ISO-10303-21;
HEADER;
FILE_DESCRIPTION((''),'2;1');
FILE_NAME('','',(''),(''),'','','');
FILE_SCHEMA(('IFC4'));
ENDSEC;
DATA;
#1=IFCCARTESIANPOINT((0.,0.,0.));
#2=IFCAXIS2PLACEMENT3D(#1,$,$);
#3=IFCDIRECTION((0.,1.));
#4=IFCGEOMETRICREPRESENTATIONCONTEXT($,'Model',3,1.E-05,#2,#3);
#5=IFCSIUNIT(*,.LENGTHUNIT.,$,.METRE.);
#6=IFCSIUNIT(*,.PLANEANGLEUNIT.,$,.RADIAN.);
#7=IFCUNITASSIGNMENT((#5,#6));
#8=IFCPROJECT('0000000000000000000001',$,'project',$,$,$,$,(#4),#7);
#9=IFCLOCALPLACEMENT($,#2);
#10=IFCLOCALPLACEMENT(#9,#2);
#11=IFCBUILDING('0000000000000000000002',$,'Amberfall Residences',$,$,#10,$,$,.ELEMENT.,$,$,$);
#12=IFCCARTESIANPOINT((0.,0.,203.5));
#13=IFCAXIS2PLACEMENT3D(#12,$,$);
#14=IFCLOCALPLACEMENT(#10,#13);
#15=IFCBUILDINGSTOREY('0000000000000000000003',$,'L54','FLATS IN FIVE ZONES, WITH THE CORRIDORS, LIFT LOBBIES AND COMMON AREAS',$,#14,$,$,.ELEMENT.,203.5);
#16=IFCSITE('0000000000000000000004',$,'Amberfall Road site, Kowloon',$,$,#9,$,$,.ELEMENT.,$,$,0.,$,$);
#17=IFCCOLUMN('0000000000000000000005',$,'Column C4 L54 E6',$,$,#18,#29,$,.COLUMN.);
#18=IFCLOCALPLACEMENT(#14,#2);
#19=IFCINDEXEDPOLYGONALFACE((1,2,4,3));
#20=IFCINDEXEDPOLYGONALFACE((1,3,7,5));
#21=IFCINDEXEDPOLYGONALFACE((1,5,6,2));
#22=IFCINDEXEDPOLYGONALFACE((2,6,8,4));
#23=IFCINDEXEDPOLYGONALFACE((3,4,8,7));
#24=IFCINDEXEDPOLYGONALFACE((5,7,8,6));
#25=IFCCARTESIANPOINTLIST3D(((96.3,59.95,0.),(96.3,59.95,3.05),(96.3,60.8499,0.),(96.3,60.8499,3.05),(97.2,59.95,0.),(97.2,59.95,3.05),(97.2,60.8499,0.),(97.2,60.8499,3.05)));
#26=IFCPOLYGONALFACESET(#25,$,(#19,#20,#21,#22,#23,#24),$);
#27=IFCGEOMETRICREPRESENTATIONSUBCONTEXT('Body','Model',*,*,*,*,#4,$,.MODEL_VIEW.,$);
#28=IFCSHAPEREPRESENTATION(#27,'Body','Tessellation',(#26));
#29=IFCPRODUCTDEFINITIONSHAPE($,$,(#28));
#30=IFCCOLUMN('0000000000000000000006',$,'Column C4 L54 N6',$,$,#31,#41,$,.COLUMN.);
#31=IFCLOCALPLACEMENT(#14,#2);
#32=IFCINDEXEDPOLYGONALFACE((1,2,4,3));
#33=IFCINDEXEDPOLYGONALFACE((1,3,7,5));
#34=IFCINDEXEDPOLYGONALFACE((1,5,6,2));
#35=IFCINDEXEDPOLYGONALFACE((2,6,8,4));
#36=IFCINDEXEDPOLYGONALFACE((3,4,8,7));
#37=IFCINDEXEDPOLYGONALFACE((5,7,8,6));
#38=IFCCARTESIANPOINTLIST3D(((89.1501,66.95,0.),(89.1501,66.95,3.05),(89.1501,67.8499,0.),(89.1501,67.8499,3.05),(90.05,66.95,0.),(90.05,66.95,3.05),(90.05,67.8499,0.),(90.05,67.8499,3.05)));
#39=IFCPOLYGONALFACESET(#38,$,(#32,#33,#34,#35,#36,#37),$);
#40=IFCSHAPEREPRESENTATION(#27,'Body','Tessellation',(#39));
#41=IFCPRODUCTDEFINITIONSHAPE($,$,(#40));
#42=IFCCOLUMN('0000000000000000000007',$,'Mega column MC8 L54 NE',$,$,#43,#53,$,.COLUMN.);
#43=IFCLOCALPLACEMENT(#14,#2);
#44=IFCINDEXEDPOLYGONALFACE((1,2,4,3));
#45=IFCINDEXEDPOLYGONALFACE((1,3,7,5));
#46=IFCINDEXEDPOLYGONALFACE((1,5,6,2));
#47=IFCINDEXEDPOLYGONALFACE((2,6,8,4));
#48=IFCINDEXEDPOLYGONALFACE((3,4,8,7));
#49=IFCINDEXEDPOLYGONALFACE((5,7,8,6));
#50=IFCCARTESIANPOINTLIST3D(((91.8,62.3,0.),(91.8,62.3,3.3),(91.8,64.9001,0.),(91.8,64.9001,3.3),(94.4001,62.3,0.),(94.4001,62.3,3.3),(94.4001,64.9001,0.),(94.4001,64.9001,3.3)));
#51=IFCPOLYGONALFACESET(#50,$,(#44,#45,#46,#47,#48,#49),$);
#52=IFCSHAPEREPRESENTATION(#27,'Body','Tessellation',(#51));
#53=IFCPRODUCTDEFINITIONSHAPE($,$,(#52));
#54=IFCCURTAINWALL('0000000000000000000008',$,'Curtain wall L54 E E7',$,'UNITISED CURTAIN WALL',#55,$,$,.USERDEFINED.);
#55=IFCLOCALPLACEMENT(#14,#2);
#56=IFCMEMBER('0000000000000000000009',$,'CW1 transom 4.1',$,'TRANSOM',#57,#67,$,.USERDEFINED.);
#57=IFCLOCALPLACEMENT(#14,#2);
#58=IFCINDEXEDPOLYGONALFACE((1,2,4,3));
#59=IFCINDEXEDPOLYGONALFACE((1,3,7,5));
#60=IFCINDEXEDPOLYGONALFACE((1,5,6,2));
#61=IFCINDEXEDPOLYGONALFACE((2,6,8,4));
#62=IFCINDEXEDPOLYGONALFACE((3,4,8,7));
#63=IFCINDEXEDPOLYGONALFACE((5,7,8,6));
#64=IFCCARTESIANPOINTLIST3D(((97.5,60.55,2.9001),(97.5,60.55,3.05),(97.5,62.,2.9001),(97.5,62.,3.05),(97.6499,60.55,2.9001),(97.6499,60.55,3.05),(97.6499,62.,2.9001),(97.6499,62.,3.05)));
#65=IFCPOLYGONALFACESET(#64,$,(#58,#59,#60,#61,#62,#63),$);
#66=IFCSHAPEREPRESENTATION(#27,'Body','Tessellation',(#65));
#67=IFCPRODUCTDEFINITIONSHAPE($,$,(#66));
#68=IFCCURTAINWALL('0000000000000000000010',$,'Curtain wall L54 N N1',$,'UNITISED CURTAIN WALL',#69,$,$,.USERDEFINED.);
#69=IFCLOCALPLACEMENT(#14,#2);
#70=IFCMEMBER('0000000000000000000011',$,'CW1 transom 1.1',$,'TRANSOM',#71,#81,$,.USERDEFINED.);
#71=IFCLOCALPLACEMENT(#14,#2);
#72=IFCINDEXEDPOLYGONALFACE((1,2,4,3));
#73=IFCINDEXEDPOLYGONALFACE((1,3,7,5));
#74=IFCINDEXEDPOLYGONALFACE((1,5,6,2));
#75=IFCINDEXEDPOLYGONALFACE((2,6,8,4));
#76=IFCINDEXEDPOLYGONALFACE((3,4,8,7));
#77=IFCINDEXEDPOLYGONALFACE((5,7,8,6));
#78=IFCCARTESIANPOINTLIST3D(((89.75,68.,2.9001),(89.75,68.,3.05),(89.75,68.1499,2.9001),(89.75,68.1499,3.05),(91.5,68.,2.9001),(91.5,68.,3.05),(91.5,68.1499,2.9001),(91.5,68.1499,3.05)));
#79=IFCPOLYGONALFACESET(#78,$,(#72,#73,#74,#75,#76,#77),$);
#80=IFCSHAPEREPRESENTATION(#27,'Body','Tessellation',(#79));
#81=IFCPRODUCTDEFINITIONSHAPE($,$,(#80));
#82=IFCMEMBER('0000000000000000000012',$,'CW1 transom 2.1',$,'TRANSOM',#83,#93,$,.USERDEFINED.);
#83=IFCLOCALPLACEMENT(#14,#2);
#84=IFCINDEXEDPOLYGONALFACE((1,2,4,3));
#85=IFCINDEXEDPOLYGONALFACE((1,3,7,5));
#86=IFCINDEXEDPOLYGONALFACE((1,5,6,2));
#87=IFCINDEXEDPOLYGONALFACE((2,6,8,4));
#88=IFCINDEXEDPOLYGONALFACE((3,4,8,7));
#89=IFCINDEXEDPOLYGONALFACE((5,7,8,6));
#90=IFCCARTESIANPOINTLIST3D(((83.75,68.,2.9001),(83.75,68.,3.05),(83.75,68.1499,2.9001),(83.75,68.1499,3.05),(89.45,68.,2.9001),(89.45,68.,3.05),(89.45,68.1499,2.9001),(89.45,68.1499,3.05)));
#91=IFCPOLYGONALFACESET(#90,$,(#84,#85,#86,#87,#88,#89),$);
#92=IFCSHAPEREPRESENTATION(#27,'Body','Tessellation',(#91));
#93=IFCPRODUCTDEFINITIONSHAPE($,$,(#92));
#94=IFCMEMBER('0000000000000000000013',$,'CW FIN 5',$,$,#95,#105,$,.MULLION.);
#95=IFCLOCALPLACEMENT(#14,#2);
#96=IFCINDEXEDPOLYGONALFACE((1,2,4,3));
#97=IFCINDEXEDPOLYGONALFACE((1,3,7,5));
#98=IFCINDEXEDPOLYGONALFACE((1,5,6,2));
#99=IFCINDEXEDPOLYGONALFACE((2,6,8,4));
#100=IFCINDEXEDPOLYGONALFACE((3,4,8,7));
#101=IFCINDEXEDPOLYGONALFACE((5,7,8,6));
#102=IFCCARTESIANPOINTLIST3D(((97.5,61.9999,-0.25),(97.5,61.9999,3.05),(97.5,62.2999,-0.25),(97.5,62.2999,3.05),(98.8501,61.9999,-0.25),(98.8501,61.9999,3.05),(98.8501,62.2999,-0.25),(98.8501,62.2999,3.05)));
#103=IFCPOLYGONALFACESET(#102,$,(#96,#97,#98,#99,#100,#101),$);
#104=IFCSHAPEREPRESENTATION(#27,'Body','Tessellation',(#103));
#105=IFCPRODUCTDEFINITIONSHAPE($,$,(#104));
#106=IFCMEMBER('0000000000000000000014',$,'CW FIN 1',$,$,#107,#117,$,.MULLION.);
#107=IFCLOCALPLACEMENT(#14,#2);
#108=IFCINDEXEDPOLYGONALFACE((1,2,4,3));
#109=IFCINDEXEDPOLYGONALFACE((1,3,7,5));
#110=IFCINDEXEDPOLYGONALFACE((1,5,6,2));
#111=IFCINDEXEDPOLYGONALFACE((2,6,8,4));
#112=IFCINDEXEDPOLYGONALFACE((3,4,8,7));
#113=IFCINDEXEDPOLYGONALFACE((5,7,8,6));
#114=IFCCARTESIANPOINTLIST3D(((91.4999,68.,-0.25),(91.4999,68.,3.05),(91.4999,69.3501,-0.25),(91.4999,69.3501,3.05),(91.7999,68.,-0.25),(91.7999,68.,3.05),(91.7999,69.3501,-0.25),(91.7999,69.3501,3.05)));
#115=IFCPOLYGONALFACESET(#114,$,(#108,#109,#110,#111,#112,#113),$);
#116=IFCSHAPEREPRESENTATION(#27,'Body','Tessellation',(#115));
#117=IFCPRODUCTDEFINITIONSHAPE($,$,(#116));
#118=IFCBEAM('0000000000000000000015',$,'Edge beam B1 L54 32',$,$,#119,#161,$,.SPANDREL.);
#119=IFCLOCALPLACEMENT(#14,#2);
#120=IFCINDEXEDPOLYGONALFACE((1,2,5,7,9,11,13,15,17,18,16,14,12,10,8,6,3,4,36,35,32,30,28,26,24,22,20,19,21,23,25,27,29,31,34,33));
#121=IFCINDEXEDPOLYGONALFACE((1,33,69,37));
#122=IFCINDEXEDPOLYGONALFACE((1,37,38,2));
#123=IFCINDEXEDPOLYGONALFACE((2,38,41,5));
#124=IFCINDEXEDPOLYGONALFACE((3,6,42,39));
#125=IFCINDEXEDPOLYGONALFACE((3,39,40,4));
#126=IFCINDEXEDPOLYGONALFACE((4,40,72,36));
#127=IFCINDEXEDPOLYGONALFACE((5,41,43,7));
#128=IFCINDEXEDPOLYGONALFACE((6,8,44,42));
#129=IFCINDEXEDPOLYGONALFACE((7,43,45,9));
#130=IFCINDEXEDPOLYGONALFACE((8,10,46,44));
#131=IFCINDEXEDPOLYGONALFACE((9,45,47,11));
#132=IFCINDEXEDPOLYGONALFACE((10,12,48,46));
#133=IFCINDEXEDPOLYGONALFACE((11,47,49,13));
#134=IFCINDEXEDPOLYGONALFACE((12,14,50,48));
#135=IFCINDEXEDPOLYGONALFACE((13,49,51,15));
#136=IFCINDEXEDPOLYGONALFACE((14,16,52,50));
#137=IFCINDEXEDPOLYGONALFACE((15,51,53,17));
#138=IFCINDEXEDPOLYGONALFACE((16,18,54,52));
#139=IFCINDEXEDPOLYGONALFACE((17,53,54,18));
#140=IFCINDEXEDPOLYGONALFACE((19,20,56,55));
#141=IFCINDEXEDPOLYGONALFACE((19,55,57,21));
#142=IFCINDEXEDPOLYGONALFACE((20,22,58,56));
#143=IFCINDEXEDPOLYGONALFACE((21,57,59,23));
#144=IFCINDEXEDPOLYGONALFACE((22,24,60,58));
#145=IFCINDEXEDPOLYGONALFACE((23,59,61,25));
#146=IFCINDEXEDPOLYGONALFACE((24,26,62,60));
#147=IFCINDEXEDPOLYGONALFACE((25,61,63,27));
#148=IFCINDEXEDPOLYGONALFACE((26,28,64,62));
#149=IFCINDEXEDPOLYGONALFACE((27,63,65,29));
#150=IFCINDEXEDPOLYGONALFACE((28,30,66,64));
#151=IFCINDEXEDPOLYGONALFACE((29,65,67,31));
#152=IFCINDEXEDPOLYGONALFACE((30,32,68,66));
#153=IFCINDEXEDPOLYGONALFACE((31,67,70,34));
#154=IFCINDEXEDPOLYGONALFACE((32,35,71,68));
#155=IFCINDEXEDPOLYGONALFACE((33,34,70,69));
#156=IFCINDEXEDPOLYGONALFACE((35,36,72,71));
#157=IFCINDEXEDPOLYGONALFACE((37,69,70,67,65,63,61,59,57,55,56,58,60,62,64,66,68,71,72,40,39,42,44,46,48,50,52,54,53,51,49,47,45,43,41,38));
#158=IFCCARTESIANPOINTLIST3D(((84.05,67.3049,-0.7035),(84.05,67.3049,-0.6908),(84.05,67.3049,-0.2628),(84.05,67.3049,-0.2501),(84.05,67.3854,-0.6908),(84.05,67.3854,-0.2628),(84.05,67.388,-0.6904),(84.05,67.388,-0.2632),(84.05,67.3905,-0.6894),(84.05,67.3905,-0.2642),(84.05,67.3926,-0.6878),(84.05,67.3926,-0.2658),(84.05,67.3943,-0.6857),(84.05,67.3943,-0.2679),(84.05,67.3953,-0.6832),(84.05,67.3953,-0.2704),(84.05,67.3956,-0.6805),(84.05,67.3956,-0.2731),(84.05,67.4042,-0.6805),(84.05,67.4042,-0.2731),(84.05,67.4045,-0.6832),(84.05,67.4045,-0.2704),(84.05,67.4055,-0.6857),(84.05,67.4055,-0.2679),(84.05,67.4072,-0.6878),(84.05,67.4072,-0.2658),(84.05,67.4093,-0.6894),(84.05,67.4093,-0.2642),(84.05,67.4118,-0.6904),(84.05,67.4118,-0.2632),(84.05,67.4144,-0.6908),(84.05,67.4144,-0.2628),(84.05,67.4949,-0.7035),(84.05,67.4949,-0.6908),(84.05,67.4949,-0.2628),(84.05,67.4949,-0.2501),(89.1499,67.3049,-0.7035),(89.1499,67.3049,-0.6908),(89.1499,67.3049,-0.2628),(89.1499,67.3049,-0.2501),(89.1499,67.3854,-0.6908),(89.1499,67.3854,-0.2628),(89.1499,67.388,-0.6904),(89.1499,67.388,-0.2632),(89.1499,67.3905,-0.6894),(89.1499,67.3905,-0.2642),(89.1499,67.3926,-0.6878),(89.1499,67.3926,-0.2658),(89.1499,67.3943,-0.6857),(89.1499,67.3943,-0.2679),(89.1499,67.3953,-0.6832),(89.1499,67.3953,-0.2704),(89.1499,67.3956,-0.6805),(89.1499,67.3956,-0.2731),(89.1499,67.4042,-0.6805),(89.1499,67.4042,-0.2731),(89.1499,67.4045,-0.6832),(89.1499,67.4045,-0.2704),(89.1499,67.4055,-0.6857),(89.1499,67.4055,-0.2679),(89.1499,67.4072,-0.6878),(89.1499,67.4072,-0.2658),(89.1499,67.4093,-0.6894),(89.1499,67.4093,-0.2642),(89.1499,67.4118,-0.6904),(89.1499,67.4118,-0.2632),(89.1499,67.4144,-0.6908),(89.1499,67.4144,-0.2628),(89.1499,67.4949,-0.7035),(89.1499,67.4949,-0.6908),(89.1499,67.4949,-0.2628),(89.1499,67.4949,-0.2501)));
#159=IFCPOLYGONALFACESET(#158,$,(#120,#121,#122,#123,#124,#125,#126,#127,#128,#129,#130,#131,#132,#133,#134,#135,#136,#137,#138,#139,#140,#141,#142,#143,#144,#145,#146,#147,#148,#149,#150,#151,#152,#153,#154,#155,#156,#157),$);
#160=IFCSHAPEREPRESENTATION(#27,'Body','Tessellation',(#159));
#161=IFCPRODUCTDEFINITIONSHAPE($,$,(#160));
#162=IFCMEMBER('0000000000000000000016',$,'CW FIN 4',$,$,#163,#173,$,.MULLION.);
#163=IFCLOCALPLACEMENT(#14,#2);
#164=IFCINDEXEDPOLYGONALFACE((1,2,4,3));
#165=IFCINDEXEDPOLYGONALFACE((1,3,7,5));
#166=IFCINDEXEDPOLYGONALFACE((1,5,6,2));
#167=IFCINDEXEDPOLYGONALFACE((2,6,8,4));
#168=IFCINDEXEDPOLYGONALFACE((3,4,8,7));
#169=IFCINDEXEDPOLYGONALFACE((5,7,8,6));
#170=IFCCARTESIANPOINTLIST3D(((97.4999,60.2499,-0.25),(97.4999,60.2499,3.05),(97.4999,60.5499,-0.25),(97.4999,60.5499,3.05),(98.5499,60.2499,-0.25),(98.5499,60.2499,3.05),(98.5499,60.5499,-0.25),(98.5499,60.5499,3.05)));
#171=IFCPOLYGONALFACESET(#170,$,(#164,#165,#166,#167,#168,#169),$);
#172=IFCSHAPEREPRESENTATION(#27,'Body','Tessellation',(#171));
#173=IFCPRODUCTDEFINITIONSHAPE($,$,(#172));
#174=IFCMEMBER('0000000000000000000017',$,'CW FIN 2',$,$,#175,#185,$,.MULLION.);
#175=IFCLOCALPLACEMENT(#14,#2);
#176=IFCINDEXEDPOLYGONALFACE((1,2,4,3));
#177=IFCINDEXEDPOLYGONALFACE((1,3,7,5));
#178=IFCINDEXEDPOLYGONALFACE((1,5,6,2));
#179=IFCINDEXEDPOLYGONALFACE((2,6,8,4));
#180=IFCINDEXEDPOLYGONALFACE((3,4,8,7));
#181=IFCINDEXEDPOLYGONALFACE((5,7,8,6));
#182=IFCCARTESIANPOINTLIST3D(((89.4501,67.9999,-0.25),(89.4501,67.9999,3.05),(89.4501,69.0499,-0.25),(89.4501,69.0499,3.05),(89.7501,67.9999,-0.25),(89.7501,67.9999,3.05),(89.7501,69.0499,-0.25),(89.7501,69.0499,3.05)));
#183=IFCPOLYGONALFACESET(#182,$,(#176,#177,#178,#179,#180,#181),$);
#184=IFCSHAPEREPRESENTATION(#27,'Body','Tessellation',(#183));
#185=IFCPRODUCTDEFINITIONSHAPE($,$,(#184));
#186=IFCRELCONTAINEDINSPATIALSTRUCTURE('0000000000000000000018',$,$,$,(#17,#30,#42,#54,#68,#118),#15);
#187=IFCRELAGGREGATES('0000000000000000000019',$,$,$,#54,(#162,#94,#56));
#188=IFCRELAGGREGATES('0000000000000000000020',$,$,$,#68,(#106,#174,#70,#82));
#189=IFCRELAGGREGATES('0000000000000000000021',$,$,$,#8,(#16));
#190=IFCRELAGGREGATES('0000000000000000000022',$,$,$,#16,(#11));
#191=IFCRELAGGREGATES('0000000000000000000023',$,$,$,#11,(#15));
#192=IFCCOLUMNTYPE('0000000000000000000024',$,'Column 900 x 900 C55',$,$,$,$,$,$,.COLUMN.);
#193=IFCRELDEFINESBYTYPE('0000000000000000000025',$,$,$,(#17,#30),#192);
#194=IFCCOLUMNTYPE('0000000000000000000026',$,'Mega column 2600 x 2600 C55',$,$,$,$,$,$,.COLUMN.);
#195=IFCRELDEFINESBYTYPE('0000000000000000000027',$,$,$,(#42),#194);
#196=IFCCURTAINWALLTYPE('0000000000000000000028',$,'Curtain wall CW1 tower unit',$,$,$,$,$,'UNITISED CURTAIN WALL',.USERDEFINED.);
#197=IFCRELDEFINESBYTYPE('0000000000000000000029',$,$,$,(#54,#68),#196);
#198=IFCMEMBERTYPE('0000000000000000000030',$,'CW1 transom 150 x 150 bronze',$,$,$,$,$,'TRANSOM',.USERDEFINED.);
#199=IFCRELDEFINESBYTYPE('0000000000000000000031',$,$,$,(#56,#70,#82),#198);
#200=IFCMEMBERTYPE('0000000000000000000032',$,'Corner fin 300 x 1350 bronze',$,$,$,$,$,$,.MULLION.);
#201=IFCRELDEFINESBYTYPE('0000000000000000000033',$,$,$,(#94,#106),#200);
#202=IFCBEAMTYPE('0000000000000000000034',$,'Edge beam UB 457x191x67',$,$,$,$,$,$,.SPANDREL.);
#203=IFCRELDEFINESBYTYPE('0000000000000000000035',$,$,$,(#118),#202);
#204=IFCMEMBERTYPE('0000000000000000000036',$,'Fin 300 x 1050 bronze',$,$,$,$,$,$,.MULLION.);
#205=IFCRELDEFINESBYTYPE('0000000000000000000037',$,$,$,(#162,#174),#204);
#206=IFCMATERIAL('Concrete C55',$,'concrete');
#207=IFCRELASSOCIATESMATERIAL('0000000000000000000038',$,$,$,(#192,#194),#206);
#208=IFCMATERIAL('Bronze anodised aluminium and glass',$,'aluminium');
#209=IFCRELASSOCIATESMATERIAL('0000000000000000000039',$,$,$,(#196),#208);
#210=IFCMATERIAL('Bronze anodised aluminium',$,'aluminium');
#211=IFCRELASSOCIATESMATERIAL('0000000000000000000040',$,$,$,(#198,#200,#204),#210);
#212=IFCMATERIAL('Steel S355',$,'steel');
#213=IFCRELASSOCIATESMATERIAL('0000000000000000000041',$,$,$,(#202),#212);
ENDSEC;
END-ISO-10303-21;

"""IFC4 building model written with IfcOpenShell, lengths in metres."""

from ifc_helpers import new_model, si_unit, direction, frame, origin, origin_2d, place, context, subcontext, project, spatial, rectangle, i_section, extrude, material, material_profile, profile_set, type_object, element, aggregate, save


model = new_model("IFC4")

# Units and contexts
model_context = context("Model", 3, precision=1e-05, world=origin(), true_north=direction((0.0, 1.0)))
body_context = subcontext(model_context, "Body", "Model", "MODEL_VIEW")
ifc_project = project(units=[si_unit("LENGTHUNIT", "METRE"), si_unit("PLANEANGLEUNIT", "RADIAN")], contexts=[model_context])

# Site, building, storey
site_placement = place(None, origin())
site = spatial("IfcSite", under=ifc_project, at=site_placement, Name="Amberfall Road site, Kowloon", CompositionType="ELEMENT", RefElevation=0.0)
building_placement = place(site_placement, origin())
building = spatial("IfcBuilding", under=site, at=building_placement, Name="Amberfall Residences", CompositionType="ELEMENT")
storey_placement = place(building_placement, frame((0.0, 0.0, 203.5)))
storey = spatial("IfcBuildingStorey", under=building, at=storey_placement, Name="L54", Description="FLATS IN FIVE ZONES, WITH THE CORRIDORS, LIFT LOBBIES AND COMMON AREAS", CompositionType="ELEMENT", Elevation=203.5)

# Columns
ifc_material_1 = material(Name="Concrete C55", Category="concrete")
ifc_material_profile_1 = material_profile(ifc_material_1, rectangle(XDim=0.8999, YDim=0.8999, at=origin_2d()), Name="Column 900 x 900 C55")
ifc_profile_set_1 = profile_set([ifc_material_profile_1], Name="Concrete C55")
column_type_1 = type_object("IfcColumnType", Name="Column 900 x 900 C55", PredefinedType="COLUMN", material=ifc_profile_set_1)
for number, where, z_axis, x_axis, name in (
    (1, (96.75, 60.3999, 0.0), (0.0, 0.0, 1.0), (1.0, 0.0, 0.0), "Column C4 L54 E6"),
    (2, (89.6001, 67.3999, 0.0), (0.0, 0.0, 1.0), (1.0, 0.0, 0.0), "Column C4 L54 N6"),
):
    element("IfcColumn", number, at=place(storey_placement, frame(where, z_axis=z_axis, x_axis=x_axis)), inside=storey, type_object=column_type_1, Name=name, PredefinedType="COLUMN", context=body_context, shape_type="SweptSolid", body=[
        extrude(rectangle(XDim=0.8999, YDim=0.8999, at=origin_2d()), origin(), (0.0, 0.0, 1.0), 3.05),
    ])
ifc_material_profile_2 = material_profile(ifc_material_1, rectangle(XDim=2.6001, YDim=2.6001, at=origin_2d()), Name="Mega column 2600 x 2600 C55")
ifc_profile_set_2 = profile_set([ifc_material_profile_2], Name="Concrete C55")
column_type_2 = type_object("IfcColumnType", Name="Mega column 2600 x 2600 C55", PredefinedType="COLUMN", material=ifc_profile_set_2)
column_placement = place(storey_placement, frame((93.1001, 63.6001, 0.0), z_axis=(0.0, 0.0, 1.0), x_axis=(1.0, 0.0, 0.0)))
element("IfcColumn", 3, at=column_placement, inside=storey, type_object=column_type_2, Name="Mega column MC8 L54 NE", PredefinedType="COLUMN", context=body_context, shape_type="SweptSolid", body=[
    extrude(rectangle(XDim=2.6001, YDim=2.6001, at=origin_2d()), origin(), (0.0, 0.0, 1.0), 3.3),
])

# Curtain wall, member
ifc_material_2 = material(Name="Bronze anodised aluminium and glass", Category="aluminium")
curtain_wall_type = type_object("IfcCurtainWallType", Name="Curtain wall CW1 tower unit", ElementType="UNITISED CURTAIN WALL", PredefinedType="USERDEFINED", material=ifc_material_2)
curtain_wall_1_placement = place(storey_placement, origin())
curtain_wall_1 = element("IfcCurtainWall", 4, at=curtain_wall_1_placement, inside=storey, type_object=curtain_wall_type, Name="Curtain wall L54 E E7", ObjectType="UNITISED CURTAIN WALL", PredefinedType="USERDEFINED")
ifc_material_3 = material(Name="Bronze anodised aluminium", Category="aluminium")
ifc_material_profile_3 = material_profile(ifc_material_3, rectangle(XDim=0.1499, YDim=0.1499, at=origin_2d()), Name="CW1 transom 150 x 150 bronze")
ifc_profile_set_3 = profile_set([ifc_material_profile_3], Name="Bronze anodised aluminium")
member_type_1 = type_object("IfcMemberType", Name="CW1 transom 150 x 150 bronze", ElementType="TRANSOM", PredefinedType="USERDEFINED", material=ifc_profile_set_3)
member_1_placement = place(storey_placement, frame((97.575, 60.55, 2.9751), z_axis=(0.0, 1.0, 0.0), x_axis=(-1.0, 0.0, 0.0)))
member_1 = element("IfcMember", 5, at=member_1_placement, type_object=member_type_1, Name="CW1 transom 4.1", ObjectType="TRANSOM", PredefinedType="USERDEFINED", context=body_context, shape_type="SweptSolid", body=[
    extrude(rectangle(XDim=0.1499, YDim=0.1499, at=origin_2d()), origin(), (0.0, 0.0, 1.0), 1.45),
])

# Curtain wall, members
curtain_wall_2_placement = place(storey_placement, origin())
curtain_wall_2 = element("IfcCurtainWall", 6, at=curtain_wall_2_placement, inside=storey, type_object=curtain_wall_type, Name="Curtain wall L54 N N1", ObjectType="UNITISED CURTAIN WALL", PredefinedType="USERDEFINED")
member_2_placement = place(storey_placement, frame((91.5, 68.075, 2.9751), z_axis=(-1.0, 0.0, 0.0), x_axis=(0.0, -1.0, 0.0)))
member_2 = element("IfcMember", 7, at=member_2_placement, type_object=member_type_1, Name="CW1 transom 1.1", ObjectType="TRANSOM", PredefinedType="USERDEFINED", context=body_context, shape_type="SweptSolid", body=[
    extrude(rectangle(XDim=0.1499, YDim=0.1499, at=origin_2d()), origin(), (0.0, 0.0, 1.0), 1.75),
])
member_3_placement = place(storey_placement, frame((89.45, 68.075, 2.9751), z_axis=(-1.0, 0.0, 0.0), x_axis=(0.0, -1.0, 0.0)))
member_3 = element("IfcMember", 8, at=member_3_placement, type_object=member_type_1, Name="CW1 transom 2.1", ObjectType="TRANSOM", PredefinedType="USERDEFINED", context=body_context, shape_type="SweptSolid", body=[
    extrude(rectangle(XDim=0.1499, YDim=0.1499, at=origin_2d()), origin(), (0.0, 0.0, 1.0), 5.7),
])

# Members
ifc_material_profile_4 = material_profile(ifc_material_3, rectangle(XDim=1.3501, YDim=0.3, at=origin_2d()), Name="Corner fin 300 x 1350 bronze")
ifc_profile_set_4 = profile_set([ifc_material_profile_4], Name="Bronze anodised aluminium")
member_type_2 = type_object("IfcMemberType", Name="Corner fin 300 x 1350 bronze", PredefinedType="MULLION", material=ifc_profile_set_4)
member_4_placement = place(storey_placement, frame((98.175, 62.1499, -0.25), z_axis=(0.0, 0.0, 1.0), x_axis=(-1.0, 0.0, 0.0)))
member_4 = element("IfcMember", 9, at=member_4_placement, type_object=member_type_2, Name="CW FIN 5", PredefinedType="MULLION", context=body_context, shape_type="SweptSolid", body=[
    extrude(rectangle(XDim=1.3501, YDim=0.3, at=origin_2d()), origin(), (0.0, 0.0, 1.0), 3.3),
])
member_5_placement = place(storey_placement, frame((91.6499, 68.675, -0.25), z_axis=(0.0, 0.0, 1.0), x_axis=(0.0, -1.0, 0.0)))
member_5 = element("IfcMember", 10, at=member_5_placement, type_object=member_type_2, Name="CW FIN 1", PredefinedType="MULLION", context=body_context, shape_type="SweptSolid", body=[
    extrude(rectangle(XDim=1.3501, YDim=0.3, at=origin_2d()), origin(), (0.0, 0.0, 1.0), 3.3),
])

# Beam
ifc_material_4 = material(Name="Steel S355", Category="steel")
ifc_material_profile_5 = material_profile(ifc_material_4, i_section(OverallWidth=0.1899, OverallDepth=0.4534, WebThickness=0.0085, FlangeThickness=0.0127, FilletRadius=0.0103, at=origin_2d()), Name="UB 457x191x67")
ifc_profile_set_5 = profile_set([ifc_material_profile_5], Name="Steel S355")
beam_type_1 = type_object("IfcBeamType", Name="Edge beam UB 457x191x67", PredefinedType="SPANDREL", material=ifc_profile_set_5)
beam_1_placement = place(storey_placement, frame((84.05, 67.3999, -0.4768), z_axis=(1.0, 0.0, 0.0), x_axis=(0.0, 1.0, 0.0)))
element("IfcBeam", 11, at=beam_1_placement, inside=storey, type_object=beam_type_1, Name="Edge beam B1 L54 32", PredefinedType="SPANDREL", context=body_context, shape_type="SweptSolid", body=[
    extrude(i_section(OverallWidth=0.1899, OverallDepth=0.4534, WebThickness=0.0085, FlangeThickness=0.0127, FilletRadius=0.0103, at=origin_2d()), origin(), (0.0, 0.0, 1.0), 5.0999),
])

# Members
ifc_material_profile_6 = material_profile(ifc_material_3, rectangle(XDim=1.05, YDim=0.3, at=origin_2d()), Name="Fin 300 x 1050 bronze")
ifc_profile_set_6 = profile_set([ifc_material_profile_6], Name="Bronze anodised aluminium")
member_type_3 = type_object("IfcMemberType", Name="Fin 300 x 1050 bronze", PredefinedType="MULLION", material=ifc_profile_set_6)
member_6_placement = place(storey_placement, frame((98.0249, 60.3999, -0.25), z_axis=(0.0, 0.0, 1.0), x_axis=(-1.0, 0.0, 0.0)))
member_6 = element("IfcMember", 12, at=member_6_placement, type_object=member_type_3, Name="CW FIN 4", PredefinedType="MULLION", context=body_context, shape_type="SweptSolid", body=[
    extrude(rectangle(XDim=1.05, YDim=0.3, at=origin_2d()), origin(), (0.0, 0.0, 1.0), 3.3),
])
member_7_placement = place(storey_placement, frame((89.6001, 68.5249, -0.25), z_axis=(0.0, 0.0, 1.0), x_axis=(0.0, -1.0, 0.0)))
member_7 = element("IfcMember", 13, at=member_7_placement, type_object=member_type_3, Name="CW FIN 2", PredefinedType="MULLION", context=body_context, shape_type="SweptSolid", body=[
    extrude(rectangle(XDim=1.05, YDim=0.3, at=origin_2d()), origin(), (0.0, 0.0, 1.0), 3.3),
])

aggregate(curtain_wall_1, [member_6, member_4, member_1])
aggregate(curtain_wall_2, [member_5, member_7, member_2, member_3])

save(model, "model.ifc")
